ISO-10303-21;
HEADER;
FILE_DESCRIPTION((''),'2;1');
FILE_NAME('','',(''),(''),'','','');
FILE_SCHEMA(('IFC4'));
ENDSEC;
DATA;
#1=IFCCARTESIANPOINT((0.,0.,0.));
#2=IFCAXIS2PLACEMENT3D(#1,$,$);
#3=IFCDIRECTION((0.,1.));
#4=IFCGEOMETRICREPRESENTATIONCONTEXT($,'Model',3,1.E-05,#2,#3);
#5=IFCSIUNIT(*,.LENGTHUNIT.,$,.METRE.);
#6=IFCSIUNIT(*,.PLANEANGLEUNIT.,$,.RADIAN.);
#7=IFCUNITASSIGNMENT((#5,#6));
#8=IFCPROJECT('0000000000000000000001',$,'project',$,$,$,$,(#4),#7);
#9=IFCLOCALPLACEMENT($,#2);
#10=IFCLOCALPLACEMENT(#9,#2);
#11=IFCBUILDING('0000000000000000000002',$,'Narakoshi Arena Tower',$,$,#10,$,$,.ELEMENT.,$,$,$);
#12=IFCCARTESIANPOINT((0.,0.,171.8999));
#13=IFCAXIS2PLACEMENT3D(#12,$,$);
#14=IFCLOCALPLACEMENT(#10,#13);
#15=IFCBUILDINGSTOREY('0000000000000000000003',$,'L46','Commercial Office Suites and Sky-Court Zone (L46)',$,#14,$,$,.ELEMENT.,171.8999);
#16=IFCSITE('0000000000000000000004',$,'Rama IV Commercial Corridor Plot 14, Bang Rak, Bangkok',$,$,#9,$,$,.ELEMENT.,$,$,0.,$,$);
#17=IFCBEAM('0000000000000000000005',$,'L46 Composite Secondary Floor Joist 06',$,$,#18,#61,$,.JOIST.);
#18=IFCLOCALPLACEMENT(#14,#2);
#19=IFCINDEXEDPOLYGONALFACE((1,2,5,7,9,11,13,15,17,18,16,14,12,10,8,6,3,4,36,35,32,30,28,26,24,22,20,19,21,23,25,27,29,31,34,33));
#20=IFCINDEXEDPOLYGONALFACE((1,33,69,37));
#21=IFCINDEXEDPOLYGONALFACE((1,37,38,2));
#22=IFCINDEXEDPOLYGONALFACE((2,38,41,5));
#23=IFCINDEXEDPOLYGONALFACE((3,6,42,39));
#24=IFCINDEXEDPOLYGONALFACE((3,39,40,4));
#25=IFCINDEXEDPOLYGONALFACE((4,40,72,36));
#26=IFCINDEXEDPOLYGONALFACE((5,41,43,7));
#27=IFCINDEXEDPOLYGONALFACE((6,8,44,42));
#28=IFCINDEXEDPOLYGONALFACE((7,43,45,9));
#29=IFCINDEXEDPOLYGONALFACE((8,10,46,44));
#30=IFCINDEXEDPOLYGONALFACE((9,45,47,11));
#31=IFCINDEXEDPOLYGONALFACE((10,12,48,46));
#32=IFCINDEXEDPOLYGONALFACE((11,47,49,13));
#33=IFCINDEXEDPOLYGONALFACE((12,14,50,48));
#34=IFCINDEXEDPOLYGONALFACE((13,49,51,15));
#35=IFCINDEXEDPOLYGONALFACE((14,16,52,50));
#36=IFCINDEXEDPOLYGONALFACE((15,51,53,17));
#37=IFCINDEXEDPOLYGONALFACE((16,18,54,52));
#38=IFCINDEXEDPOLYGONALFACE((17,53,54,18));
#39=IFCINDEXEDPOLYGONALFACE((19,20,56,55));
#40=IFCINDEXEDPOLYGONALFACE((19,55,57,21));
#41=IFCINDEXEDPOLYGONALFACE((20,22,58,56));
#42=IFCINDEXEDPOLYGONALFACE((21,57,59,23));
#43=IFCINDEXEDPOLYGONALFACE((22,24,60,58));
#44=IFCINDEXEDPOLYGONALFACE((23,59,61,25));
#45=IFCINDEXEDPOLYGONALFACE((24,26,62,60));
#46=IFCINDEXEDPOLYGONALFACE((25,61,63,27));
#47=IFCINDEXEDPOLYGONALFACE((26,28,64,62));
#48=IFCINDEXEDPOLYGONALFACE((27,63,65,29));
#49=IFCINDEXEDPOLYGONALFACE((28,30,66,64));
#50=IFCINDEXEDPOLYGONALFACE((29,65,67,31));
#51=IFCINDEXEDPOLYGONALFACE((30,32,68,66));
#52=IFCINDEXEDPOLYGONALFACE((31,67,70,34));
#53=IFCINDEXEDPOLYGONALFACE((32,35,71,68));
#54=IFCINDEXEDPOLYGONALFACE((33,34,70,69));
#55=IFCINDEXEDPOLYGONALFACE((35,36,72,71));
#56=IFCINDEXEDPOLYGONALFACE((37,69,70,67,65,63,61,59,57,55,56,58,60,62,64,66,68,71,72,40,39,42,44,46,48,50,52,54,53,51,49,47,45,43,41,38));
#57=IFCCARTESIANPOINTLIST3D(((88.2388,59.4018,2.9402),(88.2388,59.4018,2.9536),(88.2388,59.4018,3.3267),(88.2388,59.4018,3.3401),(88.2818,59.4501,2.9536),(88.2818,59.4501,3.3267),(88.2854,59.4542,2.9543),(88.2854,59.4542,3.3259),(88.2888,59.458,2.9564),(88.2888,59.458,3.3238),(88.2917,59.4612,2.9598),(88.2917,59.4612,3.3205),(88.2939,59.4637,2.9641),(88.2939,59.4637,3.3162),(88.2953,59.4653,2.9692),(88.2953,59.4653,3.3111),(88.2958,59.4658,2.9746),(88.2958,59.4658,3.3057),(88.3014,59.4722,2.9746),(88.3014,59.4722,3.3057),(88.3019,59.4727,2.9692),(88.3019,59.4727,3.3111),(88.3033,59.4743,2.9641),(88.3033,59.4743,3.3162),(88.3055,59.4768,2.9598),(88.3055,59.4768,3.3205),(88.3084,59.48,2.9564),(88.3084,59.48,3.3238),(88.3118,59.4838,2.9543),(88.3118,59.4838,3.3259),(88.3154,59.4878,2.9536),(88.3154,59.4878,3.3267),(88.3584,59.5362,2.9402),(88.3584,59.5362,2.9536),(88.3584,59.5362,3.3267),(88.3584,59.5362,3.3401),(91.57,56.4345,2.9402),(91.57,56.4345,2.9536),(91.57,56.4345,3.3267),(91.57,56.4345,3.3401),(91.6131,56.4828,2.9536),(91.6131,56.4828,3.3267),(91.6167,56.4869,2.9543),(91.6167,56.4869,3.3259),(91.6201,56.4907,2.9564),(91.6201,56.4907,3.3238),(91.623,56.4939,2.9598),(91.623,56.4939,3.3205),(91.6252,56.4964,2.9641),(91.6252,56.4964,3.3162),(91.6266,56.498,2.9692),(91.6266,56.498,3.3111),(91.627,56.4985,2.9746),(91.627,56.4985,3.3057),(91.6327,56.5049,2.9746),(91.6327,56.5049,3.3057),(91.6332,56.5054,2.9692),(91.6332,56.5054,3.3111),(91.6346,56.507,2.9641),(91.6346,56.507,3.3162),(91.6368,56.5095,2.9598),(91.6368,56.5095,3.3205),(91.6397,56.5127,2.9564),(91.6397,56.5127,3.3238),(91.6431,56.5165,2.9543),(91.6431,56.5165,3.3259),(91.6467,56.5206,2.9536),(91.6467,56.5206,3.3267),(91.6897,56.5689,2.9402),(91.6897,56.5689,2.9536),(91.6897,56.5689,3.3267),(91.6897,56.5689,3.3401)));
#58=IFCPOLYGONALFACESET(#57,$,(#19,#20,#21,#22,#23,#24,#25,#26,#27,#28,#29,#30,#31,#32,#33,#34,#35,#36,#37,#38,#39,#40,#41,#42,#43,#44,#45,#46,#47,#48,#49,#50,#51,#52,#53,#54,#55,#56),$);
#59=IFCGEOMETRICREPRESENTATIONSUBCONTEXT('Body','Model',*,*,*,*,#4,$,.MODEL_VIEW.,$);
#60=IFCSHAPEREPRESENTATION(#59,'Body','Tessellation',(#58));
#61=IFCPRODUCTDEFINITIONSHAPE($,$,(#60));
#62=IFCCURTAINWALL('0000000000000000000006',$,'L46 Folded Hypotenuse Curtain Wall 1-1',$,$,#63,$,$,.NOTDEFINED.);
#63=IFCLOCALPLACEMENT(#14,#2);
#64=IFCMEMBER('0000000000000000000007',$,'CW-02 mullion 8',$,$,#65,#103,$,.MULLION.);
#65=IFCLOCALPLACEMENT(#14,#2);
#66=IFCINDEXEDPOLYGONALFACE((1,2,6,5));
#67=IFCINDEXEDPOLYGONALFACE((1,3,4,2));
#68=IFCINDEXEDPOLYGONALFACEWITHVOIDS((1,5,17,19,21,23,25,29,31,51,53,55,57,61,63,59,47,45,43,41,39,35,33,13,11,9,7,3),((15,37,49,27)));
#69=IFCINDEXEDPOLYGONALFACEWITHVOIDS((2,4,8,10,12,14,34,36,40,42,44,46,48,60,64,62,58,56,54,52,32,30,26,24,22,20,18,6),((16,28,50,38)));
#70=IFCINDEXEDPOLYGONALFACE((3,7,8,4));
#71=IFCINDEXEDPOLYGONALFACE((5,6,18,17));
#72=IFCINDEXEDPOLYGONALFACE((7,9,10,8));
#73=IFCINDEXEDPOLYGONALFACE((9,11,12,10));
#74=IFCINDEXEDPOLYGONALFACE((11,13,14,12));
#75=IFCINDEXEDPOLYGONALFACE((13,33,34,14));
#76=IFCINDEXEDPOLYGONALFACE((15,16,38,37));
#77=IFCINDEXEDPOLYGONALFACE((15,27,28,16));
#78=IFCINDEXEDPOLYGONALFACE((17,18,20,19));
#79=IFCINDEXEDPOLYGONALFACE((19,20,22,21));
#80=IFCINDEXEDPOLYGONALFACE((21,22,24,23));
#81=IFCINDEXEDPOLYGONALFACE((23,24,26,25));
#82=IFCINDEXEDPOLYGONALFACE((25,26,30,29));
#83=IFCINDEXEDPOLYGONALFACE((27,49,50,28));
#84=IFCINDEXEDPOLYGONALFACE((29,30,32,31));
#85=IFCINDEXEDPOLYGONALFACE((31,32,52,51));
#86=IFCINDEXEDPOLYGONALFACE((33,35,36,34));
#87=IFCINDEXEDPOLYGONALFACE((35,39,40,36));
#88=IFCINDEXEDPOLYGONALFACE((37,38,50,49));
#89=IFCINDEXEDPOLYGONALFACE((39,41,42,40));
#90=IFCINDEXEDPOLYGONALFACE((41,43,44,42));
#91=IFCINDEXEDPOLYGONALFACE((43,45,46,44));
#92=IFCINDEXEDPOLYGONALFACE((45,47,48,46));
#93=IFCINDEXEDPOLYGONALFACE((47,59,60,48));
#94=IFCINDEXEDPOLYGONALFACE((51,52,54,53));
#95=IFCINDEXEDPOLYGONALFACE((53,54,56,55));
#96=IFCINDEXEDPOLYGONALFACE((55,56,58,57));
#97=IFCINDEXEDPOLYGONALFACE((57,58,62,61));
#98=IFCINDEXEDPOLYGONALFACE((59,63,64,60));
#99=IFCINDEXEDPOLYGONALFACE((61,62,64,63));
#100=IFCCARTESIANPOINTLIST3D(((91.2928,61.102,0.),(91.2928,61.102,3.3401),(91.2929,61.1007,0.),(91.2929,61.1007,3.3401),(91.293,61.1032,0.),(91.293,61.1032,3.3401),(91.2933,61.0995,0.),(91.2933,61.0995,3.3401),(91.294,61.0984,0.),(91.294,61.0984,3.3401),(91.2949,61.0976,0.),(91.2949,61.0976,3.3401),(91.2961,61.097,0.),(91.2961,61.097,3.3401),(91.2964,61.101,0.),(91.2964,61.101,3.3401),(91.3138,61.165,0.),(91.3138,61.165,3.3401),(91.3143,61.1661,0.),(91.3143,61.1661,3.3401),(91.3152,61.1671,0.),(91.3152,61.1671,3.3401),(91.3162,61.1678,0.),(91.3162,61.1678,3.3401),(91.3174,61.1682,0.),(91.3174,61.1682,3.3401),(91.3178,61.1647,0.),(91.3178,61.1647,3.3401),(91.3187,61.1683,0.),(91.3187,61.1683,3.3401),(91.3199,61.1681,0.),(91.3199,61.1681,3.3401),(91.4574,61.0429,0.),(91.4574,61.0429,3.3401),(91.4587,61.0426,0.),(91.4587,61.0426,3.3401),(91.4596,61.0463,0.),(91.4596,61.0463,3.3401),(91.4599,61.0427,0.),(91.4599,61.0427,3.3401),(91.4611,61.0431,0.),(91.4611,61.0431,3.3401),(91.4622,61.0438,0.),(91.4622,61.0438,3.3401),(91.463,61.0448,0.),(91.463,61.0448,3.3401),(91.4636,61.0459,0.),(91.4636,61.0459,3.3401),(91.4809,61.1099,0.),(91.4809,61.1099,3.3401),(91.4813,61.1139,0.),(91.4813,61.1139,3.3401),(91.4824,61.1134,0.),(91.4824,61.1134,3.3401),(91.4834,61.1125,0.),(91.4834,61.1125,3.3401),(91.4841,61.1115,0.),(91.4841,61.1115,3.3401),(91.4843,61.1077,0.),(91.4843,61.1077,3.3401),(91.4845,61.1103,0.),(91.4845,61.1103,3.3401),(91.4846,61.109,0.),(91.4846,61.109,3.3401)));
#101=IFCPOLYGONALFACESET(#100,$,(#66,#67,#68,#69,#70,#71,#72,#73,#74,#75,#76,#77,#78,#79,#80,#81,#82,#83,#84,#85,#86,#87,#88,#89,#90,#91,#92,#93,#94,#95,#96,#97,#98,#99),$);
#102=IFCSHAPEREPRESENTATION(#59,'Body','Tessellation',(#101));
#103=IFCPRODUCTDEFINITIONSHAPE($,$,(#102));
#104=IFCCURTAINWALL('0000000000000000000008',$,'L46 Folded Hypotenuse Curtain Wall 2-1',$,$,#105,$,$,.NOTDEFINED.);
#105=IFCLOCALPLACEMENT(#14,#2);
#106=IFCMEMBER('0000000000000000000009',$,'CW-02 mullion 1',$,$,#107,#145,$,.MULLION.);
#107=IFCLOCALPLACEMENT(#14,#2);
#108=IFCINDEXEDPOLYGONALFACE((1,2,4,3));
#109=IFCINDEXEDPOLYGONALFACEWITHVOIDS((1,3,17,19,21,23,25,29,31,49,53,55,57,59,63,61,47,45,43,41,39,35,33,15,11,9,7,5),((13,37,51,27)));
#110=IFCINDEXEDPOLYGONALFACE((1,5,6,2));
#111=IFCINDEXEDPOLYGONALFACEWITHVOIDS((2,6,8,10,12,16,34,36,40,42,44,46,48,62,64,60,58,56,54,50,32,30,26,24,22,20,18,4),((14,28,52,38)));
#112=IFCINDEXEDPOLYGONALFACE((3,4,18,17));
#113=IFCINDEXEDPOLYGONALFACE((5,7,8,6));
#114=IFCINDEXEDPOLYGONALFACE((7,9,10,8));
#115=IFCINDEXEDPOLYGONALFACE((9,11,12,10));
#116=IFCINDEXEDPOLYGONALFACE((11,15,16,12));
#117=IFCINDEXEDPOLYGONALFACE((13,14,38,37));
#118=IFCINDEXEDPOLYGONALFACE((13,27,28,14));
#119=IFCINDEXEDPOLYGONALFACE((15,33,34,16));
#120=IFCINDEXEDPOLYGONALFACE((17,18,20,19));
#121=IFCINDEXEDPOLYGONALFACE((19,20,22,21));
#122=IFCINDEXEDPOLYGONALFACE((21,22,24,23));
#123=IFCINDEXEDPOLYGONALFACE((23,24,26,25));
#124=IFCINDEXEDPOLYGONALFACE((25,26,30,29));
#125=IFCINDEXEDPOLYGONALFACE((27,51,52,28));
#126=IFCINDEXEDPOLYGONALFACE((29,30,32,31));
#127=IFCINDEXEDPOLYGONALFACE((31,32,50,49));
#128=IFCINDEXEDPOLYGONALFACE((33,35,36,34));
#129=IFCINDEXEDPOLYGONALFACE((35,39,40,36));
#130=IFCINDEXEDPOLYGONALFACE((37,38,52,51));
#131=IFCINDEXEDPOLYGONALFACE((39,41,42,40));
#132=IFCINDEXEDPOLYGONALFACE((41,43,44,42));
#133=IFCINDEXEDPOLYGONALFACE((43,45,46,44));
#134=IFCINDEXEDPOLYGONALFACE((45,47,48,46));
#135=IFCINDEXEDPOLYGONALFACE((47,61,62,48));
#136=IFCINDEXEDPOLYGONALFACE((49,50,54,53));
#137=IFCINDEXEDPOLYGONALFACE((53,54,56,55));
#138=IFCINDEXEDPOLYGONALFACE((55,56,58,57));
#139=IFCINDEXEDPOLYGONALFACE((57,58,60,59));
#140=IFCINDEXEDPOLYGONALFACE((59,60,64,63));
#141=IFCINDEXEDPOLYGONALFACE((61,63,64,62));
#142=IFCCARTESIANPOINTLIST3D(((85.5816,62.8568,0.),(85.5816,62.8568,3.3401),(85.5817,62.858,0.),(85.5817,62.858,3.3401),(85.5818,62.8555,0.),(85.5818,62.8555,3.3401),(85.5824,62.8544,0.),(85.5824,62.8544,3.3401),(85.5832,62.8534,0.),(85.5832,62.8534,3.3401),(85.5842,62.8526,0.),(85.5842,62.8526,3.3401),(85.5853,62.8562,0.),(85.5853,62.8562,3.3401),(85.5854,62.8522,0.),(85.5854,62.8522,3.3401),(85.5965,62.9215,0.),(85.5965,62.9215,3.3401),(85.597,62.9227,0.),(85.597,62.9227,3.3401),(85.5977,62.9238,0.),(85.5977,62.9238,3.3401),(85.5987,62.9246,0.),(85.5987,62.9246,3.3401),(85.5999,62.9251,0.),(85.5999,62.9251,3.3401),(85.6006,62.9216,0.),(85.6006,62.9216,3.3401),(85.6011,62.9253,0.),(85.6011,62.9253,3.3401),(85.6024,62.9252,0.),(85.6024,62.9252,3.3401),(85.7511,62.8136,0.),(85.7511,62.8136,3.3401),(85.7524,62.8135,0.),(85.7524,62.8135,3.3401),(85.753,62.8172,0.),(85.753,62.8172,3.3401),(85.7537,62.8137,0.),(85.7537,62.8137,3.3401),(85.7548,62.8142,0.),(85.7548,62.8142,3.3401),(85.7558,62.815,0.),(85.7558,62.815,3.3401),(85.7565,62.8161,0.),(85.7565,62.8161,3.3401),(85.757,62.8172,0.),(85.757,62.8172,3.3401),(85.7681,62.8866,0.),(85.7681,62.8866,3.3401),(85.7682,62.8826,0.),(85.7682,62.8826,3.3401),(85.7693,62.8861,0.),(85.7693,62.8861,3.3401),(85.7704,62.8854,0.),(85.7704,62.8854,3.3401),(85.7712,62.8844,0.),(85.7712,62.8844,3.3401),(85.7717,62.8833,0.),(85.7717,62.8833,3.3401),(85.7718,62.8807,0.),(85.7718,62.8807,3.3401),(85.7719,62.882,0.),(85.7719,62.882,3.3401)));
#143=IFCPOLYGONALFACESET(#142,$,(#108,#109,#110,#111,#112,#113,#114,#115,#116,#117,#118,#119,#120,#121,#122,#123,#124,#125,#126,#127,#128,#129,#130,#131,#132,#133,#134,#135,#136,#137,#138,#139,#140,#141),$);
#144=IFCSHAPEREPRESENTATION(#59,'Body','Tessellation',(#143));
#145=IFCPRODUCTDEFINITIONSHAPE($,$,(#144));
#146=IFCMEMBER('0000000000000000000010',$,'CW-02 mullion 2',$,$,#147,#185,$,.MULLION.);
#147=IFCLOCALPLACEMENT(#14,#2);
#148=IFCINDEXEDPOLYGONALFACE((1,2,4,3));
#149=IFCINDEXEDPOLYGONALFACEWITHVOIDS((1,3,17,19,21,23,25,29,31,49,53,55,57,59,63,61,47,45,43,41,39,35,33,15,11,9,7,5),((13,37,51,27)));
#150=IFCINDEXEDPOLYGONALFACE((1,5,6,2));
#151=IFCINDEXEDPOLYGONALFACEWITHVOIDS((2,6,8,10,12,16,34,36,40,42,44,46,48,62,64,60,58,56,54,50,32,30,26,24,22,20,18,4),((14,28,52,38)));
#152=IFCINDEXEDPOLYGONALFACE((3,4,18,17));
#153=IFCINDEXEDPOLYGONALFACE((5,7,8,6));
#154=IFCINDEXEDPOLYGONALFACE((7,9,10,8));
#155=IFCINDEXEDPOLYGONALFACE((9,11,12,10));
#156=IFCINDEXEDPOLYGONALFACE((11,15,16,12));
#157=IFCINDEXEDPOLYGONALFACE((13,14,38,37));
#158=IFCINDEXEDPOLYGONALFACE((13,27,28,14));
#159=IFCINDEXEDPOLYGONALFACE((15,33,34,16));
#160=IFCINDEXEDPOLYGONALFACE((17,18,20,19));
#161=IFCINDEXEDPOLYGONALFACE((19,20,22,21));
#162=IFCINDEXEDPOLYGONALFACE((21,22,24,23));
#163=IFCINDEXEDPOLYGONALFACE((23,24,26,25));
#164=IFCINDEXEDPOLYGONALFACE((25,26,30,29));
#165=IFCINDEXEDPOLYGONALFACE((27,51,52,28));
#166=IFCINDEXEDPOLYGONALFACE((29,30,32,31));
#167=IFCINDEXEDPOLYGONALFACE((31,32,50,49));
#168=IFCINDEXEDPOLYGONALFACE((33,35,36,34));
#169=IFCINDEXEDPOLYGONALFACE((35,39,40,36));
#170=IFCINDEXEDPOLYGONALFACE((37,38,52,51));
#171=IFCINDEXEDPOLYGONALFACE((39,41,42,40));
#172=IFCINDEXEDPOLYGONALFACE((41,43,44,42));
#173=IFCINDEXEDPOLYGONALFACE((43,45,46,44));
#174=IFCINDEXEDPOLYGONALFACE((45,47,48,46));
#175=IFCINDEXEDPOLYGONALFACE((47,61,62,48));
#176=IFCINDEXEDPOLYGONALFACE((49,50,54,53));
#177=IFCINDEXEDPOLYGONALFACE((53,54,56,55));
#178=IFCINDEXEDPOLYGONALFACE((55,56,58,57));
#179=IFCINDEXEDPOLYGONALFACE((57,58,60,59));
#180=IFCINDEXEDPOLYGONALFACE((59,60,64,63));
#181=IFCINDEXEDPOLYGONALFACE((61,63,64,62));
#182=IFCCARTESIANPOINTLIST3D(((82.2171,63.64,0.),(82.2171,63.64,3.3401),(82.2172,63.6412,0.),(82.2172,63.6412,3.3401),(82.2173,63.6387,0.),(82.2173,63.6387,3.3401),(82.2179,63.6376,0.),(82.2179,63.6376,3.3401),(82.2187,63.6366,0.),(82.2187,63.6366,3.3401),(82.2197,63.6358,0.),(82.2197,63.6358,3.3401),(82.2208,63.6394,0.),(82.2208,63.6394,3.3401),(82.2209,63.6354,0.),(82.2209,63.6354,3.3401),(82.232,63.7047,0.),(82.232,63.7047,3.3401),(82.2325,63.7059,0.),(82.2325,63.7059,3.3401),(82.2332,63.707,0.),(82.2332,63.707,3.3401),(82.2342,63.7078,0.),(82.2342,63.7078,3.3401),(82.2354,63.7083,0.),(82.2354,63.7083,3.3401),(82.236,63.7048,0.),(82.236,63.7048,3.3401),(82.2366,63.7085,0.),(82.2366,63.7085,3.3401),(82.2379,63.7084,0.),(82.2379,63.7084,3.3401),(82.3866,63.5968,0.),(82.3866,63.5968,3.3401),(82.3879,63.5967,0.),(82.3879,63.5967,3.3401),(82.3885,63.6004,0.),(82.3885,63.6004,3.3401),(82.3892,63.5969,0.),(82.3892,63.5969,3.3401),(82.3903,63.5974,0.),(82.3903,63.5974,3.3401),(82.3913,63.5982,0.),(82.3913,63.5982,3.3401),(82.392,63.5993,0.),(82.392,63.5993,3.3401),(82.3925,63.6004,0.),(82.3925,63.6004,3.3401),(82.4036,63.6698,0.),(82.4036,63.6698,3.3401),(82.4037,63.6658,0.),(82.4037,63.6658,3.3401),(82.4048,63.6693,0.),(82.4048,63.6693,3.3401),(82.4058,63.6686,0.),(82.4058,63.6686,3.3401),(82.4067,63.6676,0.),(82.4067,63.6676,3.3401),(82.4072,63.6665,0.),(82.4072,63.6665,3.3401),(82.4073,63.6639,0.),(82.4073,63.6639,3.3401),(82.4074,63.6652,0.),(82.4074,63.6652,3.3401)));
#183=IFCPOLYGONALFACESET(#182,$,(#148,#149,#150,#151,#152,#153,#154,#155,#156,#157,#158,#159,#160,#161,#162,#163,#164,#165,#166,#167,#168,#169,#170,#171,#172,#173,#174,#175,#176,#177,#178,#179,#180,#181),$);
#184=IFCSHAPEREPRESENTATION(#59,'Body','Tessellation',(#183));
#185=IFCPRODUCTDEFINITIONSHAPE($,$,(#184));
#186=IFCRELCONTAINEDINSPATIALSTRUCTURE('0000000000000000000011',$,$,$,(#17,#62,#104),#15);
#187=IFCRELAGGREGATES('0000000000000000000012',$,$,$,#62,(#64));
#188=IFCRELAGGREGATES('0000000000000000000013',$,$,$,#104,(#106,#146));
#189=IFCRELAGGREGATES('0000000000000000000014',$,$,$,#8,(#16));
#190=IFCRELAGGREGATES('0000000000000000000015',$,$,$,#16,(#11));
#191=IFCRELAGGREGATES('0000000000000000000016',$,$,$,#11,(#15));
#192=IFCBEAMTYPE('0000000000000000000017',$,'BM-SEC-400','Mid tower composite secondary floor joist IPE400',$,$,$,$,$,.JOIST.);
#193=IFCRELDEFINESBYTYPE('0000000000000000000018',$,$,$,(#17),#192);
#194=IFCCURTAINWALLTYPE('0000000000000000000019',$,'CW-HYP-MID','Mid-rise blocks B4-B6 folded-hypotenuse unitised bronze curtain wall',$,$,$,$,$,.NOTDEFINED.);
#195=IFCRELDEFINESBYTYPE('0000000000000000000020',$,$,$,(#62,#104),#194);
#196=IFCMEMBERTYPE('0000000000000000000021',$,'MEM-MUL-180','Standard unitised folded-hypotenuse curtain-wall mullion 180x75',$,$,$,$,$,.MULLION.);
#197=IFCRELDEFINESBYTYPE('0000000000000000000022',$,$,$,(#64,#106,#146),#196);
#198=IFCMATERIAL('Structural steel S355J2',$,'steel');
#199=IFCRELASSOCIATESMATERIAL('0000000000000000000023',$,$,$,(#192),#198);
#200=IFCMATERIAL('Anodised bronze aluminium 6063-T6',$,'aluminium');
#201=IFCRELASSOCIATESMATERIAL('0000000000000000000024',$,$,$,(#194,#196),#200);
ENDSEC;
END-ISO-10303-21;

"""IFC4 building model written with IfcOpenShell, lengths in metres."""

from ifc_helpers import new_model, si_unit, direction, frame, origin, origin_2d, place, context, subcontext, project, spatial, hollow_rectangle, i_section, extrude, material, material_profile, profile_set, type_object, element, aggregate, save


model = new_model("IFC4")

# Units and contexts
model_context = context("Model", 3, precision=1e-05, world=origin(), true_north=direction((0.0, 1.0)))
body_context = subcontext(model_context, "Body", "Model", "MODEL_VIEW")
ifc_project = project(units=[si_unit("LENGTHUNIT", "METRE"), si_unit("PLANEANGLEUNIT", "RADIAN")], contexts=[model_context])

# Site, building, storey
site_placement = place(None, origin())
site = spatial("IfcSite", under=ifc_project, at=site_placement, Name="Rama IV Commercial Corridor Plot 14, Bang Rak, Bangkok", CompositionType="ELEMENT", RefElevation=0.0)
building_placement = place(site_placement, origin())
building = spatial("IfcBuilding", under=site, at=building_placement, Name="Narakoshi Arena Tower", CompositionType="ELEMENT")
storey_placement = place(building_placement, frame((0.0, 0.0, 171.8999)))
storey = spatial("IfcBuildingStorey", under=building, at=storey_placement, Name="L46", Description="Commercial Office Suites and Sky-Court Zone (L46)", CompositionType="ELEMENT", Elevation=171.8999)

# Beam
ifc_material_1 = material(Name="Structural steel S355J2", Category="steel")
ifc_material_profile_1 = material_profile(ifc_material_1, i_section(OverallWidth=0.1799, OverallDepth=0.3999, WebThickness=0.0085, FlangeThickness=0.0134, FilletRadius=0.021, at=origin_2d()), Name="IPE400")
ifc_profile_set_1 = profile_set([ifc_material_profile_1], Name="Structural steel S355J2")
beam_type_1 = type_object("IfcBeamType", Name="BM-SEC-400", Description="Mid tower composite secondary floor joist IPE400", PredefinedType="JOIST", material=ifc_profile_set_1)
beam_1_placement = place(storey_placement, frame((91.6299, 56.5017, 3.1401), z_axis=(-0.746727, 0.665131, 0.0), x_axis=(-0.665131, -0.746727, 0.0)))
element("IfcBeam", 1, at=beam_1_placement, inside=storey, type_object=beam_type_1, Name="L46 Composite Secondary Floor Joist 06", PredefinedType="JOIST", context=body_context, shape_type="SweptSolid", body=[
    extrude(i_section(OverallWidth=0.1799, OverallDepth=0.3999, WebThickness=0.0085, FlangeThickness=0.0134, FilletRadius=0.021, at=origin_2d()), origin(), (0.0, 0.0, 1.0), 4.4612),
])

# Curtain wall, member
ifc_material_2 = material(Name="Anodised bronze aluminium 6063-T6", Category="aluminium")
curtain_wall_type = type_object("IfcCurtainWallType", Name="CW-HYP-MID", Description="Mid-rise blocks B4-B6 folded-hypotenuse unitised bronze curtain wall", PredefinedType="NOTDEFINED", material=ifc_material_2)
curtain_wall_1_placement = place(storey_placement, origin())
curtain_wall_1 = element("IfcCurtainWall", 2, at=curtain_wall_1_placement, inside=storey, type_object=curtain_wall_type, Name="L46 Folded Hypotenuse Curtain Wall 1-1", PredefinedType="NOTDEFINED")
ifc_material_profile_2 = material_profile(ifc_material_2, hollow_rectangle(XDim=0.075, YDim=0.1799, WallThickness=0.0039, OuterFilletRadius=0.0049, at=origin_2d()), Name="MUL180x75x4")
ifc_profile_set_2 = profile_set([ifc_material_profile_2], Name="Anodised bronze aluminium 6063-T6")
member_type_1 = type_object("IfcMemberType", Name="MEM-MUL-180", Description="Standard unitised folded-hypotenuse curtain-wall mullion 180x75", PredefinedType="MULLION", material=ifc_profile_set_2)
member_1_placement = place(storey_placement, frame((91.3887, 61.1055, 0.0), z_axis=(0.0, 0.0, 1.0), x_axis=(-0.318261, -0.948003, 0.0)))
member_1 = element("IfcMember", 3, at=member_1_placement, type_object=member_type_1, Name="CW-02 mullion 8", PredefinedType="MULLION", context=body_context, shape_type="SweptSolid", body=[
    extrude(hollow_rectangle(XDim=0.075, YDim=0.1799, WallThickness=0.0039, OuterFilletRadius=0.0049, at=origin_2d()), origin(), (0.0, 0.0, 1.0), 3.3401),
])
aggregate(curtain_wall_1, [member_1])

# Curtain wall, members
curtain_wall_2_placement = place(storey_placement, origin())
curtain_wall_2 = element("IfcCurtainWall", 4, at=curtain_wall_2_placement, inside=storey, type_object=curtain_wall_type, Name="L46 Folded Hypotenuse Curtain Wall 2-1", PredefinedType="NOTDEFINED")
member_2_placement = place(storey_placement, frame((85.6768, 62.8694, 0.0), z_axis=(0.0, 0.0, 1.0), x_axis=(-0.226721, -0.97396, 0.0)))
member_2 = element("IfcMember", 5, at=member_2_placement, type_object=member_type_1, Name="CW-02 mullion 1", PredefinedType="MULLION", context=body_context, shape_type="SweptSolid", body=[
    extrude(hollow_rectangle(XDim=0.075, YDim=0.1799, WallThickness=0.0039, OuterFilletRadius=0.0049, at=origin_2d()), origin(), (0.0, 0.0, 1.0), 3.3401),
])
member_3_placement = place(storey_placement, frame((82.3123, 63.6526, 0.0), z_axis=(0.0, 0.0, 1.0), x_axis=(-0.226721, -0.97396, 0.0)))
member_3 = element("IfcMember", 6, at=member_3_placement, type_object=member_type_1, Name="CW-02 mullion 2", PredefinedType="MULLION", context=body_context, shape_type="SweptSolid", body=[
    extrude(hollow_rectangle(XDim=0.075, YDim=0.1799, WallThickness=0.0039, OuterFilletRadius=0.0049, at=origin_2d()), origin(), (0.0, 0.0, 1.0), 3.3401),
])
aggregate(curtain_wall_2, [member_2, member_3])

save(model, "model.ifc")
